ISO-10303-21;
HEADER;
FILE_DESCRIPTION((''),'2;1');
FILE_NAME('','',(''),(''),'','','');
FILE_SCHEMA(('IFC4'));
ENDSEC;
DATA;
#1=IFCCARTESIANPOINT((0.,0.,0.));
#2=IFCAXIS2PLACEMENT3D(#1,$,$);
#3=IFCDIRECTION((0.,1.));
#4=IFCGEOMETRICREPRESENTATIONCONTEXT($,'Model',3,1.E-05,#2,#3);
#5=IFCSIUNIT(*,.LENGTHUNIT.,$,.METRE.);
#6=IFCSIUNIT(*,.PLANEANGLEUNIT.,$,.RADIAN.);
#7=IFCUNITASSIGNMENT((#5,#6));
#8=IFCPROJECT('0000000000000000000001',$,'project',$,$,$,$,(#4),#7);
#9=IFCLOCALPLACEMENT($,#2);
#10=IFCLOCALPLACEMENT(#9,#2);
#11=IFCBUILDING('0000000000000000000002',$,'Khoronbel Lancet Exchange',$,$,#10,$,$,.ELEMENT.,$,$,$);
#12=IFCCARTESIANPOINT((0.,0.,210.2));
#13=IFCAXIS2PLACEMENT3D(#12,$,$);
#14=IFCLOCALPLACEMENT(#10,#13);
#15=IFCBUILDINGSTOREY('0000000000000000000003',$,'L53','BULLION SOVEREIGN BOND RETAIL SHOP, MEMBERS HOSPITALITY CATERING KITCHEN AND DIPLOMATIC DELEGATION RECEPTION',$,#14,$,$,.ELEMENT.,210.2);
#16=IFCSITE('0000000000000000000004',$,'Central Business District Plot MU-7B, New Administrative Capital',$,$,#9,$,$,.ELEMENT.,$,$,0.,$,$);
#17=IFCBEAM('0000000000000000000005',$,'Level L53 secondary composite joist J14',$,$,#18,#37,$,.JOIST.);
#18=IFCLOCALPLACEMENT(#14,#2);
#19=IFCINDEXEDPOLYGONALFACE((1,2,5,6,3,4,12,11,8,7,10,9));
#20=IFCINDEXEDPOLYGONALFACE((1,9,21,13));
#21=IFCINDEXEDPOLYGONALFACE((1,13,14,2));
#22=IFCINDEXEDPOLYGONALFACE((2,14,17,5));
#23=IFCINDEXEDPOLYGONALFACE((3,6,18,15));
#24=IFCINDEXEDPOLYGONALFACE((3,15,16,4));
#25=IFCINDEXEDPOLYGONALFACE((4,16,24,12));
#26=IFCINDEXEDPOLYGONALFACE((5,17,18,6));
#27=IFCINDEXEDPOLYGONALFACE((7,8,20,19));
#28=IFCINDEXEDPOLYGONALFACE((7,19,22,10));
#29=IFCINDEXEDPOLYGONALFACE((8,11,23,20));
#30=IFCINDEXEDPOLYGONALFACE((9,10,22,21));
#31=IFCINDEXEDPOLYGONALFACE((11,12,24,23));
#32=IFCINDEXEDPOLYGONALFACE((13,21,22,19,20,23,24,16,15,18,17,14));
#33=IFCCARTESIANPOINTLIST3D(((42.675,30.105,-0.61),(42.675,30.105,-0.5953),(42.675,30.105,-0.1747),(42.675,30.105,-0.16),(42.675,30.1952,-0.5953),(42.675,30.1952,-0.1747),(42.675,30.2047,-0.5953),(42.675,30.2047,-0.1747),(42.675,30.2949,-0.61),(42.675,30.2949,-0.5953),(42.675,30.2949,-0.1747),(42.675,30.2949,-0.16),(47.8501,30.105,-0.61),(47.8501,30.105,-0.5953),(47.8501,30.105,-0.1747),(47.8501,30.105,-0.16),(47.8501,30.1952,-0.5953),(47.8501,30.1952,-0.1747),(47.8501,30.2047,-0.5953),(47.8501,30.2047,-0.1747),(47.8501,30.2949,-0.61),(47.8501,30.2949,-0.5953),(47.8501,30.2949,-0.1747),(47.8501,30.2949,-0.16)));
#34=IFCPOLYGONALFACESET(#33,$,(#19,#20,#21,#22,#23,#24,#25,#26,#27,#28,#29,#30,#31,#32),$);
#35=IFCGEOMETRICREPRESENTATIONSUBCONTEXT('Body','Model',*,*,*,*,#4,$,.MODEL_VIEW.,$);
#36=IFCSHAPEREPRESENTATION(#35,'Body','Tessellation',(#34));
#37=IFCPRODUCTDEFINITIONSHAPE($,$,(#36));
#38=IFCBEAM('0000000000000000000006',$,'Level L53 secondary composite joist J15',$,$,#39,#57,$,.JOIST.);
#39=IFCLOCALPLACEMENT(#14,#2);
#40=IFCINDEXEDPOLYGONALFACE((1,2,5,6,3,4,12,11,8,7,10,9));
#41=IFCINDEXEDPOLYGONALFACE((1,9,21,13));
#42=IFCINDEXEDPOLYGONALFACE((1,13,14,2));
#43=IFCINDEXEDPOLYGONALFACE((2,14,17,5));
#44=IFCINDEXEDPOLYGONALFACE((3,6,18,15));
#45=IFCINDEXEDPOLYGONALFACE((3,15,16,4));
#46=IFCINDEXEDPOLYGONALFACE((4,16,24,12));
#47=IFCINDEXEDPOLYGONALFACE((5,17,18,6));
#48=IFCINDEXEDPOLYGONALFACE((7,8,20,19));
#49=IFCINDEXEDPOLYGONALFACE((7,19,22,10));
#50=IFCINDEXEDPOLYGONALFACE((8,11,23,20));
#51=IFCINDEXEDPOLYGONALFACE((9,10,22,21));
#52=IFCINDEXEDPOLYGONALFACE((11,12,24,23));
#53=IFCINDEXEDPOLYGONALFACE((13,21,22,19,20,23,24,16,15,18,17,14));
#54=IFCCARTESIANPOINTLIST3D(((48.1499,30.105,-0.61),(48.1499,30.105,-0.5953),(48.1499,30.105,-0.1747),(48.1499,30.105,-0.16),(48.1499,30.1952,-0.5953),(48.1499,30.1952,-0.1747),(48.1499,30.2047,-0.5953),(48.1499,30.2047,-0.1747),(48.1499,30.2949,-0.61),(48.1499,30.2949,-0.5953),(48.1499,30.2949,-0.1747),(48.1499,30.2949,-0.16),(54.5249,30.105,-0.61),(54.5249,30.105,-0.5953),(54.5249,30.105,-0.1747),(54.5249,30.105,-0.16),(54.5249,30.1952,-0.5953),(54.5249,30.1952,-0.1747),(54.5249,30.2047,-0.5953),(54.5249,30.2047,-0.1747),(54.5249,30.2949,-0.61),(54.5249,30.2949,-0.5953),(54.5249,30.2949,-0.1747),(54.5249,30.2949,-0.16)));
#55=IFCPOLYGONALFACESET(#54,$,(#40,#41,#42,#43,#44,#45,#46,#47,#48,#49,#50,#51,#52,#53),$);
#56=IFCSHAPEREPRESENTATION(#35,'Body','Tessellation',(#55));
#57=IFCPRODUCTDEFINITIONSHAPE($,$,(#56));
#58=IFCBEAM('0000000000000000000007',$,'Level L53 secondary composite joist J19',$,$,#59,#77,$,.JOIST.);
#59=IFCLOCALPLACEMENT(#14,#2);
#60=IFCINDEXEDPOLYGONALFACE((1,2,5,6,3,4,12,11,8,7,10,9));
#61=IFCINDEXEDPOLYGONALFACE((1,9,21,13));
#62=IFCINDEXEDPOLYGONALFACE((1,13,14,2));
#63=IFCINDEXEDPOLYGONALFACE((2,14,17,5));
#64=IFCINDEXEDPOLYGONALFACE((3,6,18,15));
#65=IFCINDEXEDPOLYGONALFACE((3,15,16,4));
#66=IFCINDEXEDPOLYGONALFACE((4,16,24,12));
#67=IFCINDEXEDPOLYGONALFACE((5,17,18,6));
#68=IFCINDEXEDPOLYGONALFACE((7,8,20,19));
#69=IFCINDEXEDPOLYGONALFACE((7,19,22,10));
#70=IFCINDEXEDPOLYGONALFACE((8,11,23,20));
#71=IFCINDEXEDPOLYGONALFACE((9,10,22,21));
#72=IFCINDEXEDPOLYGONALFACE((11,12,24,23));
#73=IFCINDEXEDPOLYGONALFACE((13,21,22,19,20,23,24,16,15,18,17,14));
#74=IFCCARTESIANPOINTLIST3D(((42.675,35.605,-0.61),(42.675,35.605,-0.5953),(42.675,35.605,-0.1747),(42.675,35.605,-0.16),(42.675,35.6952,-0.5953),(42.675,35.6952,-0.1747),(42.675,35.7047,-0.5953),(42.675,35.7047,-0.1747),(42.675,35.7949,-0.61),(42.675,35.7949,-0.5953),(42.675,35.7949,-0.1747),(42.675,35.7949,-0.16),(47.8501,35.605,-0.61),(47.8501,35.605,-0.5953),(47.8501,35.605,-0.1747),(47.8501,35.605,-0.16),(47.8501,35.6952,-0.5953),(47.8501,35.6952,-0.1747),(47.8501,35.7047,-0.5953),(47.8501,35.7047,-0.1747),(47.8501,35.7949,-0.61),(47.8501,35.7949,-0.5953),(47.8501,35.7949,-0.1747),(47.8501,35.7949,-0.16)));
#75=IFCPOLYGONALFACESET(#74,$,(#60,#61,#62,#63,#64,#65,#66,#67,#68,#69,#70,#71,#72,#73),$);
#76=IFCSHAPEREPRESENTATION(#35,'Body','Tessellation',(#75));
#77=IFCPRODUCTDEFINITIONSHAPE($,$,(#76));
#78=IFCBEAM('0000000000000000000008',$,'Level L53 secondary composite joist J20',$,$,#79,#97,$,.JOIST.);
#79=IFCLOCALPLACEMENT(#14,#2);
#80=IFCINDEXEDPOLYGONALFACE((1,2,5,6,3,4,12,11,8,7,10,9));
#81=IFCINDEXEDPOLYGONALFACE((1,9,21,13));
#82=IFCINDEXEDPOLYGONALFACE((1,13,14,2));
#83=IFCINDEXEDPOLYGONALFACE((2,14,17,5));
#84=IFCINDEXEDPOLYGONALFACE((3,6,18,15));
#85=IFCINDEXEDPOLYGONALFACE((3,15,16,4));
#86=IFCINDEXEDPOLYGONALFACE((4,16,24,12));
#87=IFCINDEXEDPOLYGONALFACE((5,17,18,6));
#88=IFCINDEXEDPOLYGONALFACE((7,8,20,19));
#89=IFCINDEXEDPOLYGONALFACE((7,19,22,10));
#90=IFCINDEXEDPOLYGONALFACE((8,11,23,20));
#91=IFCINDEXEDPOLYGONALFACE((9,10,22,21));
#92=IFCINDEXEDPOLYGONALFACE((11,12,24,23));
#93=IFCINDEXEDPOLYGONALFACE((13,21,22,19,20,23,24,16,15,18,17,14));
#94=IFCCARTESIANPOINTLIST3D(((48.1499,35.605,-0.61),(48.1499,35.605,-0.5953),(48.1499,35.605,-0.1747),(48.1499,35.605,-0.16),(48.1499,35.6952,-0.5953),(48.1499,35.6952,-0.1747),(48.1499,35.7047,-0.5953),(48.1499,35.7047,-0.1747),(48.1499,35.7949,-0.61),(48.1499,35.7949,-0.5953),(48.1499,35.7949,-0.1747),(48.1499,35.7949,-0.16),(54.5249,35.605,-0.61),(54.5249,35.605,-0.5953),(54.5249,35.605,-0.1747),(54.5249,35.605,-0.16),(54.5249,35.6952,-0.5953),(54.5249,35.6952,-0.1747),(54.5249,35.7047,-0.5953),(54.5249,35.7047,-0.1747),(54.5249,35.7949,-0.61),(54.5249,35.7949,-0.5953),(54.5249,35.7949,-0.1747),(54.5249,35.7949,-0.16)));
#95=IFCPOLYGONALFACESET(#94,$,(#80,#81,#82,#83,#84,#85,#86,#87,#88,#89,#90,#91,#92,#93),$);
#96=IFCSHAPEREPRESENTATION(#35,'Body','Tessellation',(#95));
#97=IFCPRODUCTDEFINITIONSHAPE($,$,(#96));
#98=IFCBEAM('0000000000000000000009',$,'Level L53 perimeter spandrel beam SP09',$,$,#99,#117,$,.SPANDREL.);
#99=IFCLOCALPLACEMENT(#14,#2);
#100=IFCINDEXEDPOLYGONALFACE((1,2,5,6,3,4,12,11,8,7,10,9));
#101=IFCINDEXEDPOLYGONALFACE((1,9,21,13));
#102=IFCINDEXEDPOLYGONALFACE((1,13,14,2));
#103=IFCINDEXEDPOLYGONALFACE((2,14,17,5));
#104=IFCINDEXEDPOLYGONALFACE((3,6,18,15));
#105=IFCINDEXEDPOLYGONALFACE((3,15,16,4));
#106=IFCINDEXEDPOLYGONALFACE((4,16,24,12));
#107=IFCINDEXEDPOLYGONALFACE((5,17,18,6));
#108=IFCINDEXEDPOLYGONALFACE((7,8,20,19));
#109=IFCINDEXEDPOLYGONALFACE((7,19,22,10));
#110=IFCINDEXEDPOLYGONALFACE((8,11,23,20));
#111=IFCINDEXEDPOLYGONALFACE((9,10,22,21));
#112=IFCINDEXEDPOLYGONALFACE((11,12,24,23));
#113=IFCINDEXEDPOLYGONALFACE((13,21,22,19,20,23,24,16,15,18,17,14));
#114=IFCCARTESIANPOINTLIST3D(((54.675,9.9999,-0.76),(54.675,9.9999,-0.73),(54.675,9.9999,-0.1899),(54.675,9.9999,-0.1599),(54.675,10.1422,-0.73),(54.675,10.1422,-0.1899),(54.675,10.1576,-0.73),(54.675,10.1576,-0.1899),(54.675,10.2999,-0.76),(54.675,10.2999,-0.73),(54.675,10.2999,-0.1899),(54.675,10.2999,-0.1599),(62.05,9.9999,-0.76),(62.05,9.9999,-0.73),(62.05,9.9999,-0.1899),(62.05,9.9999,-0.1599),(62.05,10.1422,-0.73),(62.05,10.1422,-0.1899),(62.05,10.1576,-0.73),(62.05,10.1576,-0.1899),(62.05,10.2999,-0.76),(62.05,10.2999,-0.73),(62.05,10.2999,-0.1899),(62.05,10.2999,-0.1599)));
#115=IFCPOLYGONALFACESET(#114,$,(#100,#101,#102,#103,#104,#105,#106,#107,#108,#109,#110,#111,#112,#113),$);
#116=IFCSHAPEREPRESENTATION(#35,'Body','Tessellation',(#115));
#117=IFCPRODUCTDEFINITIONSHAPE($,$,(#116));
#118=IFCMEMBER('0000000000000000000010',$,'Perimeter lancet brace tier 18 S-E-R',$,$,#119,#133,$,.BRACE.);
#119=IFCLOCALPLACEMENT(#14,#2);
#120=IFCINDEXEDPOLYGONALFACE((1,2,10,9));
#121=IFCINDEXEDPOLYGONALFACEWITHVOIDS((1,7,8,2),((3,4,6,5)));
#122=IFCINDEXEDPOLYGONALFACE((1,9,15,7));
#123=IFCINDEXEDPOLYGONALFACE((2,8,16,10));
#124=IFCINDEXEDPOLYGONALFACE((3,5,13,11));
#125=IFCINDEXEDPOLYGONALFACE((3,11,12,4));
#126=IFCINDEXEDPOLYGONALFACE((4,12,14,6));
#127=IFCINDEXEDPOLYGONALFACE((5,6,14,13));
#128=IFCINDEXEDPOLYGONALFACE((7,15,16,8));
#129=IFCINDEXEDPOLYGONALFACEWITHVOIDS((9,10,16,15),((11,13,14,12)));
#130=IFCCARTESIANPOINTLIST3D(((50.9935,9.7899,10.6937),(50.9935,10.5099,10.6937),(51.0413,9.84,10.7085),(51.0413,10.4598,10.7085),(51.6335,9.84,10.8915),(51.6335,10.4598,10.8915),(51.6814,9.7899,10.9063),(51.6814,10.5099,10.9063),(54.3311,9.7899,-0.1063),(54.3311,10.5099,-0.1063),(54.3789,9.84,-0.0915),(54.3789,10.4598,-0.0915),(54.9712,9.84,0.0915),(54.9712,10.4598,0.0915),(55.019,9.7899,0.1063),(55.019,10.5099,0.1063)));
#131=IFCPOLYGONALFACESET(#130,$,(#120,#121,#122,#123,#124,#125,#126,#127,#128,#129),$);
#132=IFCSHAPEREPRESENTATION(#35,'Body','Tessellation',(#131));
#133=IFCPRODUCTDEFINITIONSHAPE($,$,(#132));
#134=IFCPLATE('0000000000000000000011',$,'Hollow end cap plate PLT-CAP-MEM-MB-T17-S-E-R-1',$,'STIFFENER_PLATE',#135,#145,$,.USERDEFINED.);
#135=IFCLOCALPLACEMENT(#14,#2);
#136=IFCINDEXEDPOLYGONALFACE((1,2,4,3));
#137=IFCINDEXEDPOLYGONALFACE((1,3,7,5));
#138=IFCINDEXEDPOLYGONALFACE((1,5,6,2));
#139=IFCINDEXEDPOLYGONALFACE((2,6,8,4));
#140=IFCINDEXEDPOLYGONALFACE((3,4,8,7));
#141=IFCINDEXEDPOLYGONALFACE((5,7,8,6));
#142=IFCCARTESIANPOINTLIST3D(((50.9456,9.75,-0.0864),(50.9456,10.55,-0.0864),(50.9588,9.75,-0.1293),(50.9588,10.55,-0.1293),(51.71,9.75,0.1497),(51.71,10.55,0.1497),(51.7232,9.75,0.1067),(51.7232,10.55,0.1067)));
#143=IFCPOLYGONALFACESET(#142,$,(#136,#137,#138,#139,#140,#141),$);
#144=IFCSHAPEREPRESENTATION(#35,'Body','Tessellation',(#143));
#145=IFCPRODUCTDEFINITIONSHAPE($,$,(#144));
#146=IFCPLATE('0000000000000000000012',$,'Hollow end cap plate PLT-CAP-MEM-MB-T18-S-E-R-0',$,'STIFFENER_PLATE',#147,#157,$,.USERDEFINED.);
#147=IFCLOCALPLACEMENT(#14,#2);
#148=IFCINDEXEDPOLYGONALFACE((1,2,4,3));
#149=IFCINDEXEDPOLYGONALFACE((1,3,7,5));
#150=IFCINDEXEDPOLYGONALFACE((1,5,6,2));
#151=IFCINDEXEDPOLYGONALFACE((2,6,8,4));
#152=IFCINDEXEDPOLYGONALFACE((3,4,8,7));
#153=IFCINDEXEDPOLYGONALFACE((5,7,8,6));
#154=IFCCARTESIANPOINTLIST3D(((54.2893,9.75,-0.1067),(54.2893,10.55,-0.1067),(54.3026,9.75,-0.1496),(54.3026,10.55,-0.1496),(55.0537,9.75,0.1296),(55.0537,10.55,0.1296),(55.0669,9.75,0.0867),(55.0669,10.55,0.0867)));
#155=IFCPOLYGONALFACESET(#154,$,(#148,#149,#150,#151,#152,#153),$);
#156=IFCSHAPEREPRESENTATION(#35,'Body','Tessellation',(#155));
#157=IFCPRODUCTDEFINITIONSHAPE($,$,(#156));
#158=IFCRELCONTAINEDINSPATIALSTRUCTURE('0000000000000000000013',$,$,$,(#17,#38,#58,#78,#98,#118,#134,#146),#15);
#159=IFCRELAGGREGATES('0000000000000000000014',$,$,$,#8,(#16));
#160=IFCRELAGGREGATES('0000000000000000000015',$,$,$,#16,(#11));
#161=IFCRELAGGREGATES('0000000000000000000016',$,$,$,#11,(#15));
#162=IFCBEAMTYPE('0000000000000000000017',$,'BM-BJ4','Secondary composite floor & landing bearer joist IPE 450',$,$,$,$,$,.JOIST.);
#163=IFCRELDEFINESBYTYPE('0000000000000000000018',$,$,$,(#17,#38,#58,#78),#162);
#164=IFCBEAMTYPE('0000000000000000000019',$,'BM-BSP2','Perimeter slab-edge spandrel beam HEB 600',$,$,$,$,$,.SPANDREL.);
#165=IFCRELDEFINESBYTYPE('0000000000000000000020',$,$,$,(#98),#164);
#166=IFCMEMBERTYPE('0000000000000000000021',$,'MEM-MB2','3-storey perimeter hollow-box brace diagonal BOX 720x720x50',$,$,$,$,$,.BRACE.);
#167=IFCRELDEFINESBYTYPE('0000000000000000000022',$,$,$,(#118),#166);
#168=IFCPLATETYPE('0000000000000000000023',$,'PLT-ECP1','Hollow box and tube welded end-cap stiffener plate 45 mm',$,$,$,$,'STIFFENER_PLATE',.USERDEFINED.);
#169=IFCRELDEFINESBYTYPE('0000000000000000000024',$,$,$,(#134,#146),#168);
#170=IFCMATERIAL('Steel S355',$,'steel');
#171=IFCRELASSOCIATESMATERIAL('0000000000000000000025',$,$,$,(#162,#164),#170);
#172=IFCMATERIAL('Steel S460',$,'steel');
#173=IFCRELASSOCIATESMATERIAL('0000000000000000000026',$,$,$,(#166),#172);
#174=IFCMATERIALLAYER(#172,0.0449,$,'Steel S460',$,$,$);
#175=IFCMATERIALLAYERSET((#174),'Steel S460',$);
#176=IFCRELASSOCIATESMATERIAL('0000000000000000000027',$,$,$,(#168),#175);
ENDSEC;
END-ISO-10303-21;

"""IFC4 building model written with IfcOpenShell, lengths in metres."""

from ifc_helpers import new_model, si_unit, direction, frame, origin, origin_2d, place, context, subcontext, project, spatial, polyline, hollow_rectangle, i_section, outline, extrude, material, layer, layer_set, material_profile, profile_set, type_object, element, save


model = new_model("IFC4")

# Units and contexts
model_context = context("Model", 3, precision=1e-05, world=origin(), true_north=direction((0.0, 1.0)))
body_context = subcontext(model_context, "Body", "Model", "MODEL_VIEW")
ifc_project = project(units=[si_unit("LENGTHUNIT", "METRE"), si_unit("PLANEANGLEUNIT", "RADIAN")], contexts=[model_context])

# Site, building, storey
site_placement = place(None, origin())
site = spatial("IfcSite", under=ifc_project, at=site_placement, Name="Central Business District Plot MU-7B, New Administrative Capital", CompositionType="ELEMENT", RefElevation=0.0)
building_placement = place(site_placement, origin())
building = spatial("IfcBuilding", under=site, at=building_placement, Name="Khoronbel Lancet Exchange", CompositionType="ELEMENT")
storey_placement = place(building_placement, frame((0.0, 0.0, 210.2)))
storey = spatial("IfcBuildingStorey", under=building, at=storey_placement, Name="L53", Description="BULLION SOVEREIGN BOND RETAIL SHOP, MEMBERS HOSPITALITY CATERING KITCHEN AND DIPLOMATIC DELEGATION RECEPTION", CompositionType="ELEMENT", Elevation=210.2)

# Shared definitions
ifc_material_1 = material(Name="Steel S355", Category="steel")

# Beams
ifc_material_profile_1 = material_profile(ifc_material_1, i_section(OverallWidth=0.1899, OverallDepth=0.45, WebThickness=0.0095, FlangeThickness=0.0146, at=origin_2d()), Name="IPE 450")
ifc_profile_set_1 = profile_set([ifc_material_profile_1], Name="Steel S355")
beam_type_1 = type_object("IfcBeamType", Name="BM-BJ4", Description="Secondary composite floor & landing bearer joist IPE 450", PredefinedType="JOIST", material=ifc_profile_set_1)
beam_1_placement = place(storey_placement, frame((42.675, 30.2, -0.385), z_axis=(1.0, 0.0, 0.0), x_axis=(0.0, 1.0, 0.0)))
element("IfcBeam", 1, at=beam_1_placement, inside=storey, type_object=beam_type_1, Name="Level L53 secondary composite joist J14", PredefinedType="JOIST", context=body_context, shape_type="SweptSolid", body=[
    extrude(i_section(OverallWidth=0.1899, OverallDepth=0.45, WebThickness=0.0095, FlangeThickness=0.0146, at=origin_2d()), origin(), (0.0, 0.0, 1.0), 5.175),
])
beam_2_placement = place(storey_placement, frame((48.1499, 30.2, -0.385), z_axis=(1.0, 0.0, 0.0), x_axis=(0.0, 1.0, 0.0)))
element("IfcBeam", 2, at=beam_2_placement, inside=storey, type_object=beam_type_1, Name="Level L53 secondary composite joist J15", PredefinedType="JOIST", context=body_context, shape_type="SweptSolid", body=[
    extrude(i_section(OverallWidth=0.1899, OverallDepth=0.45, WebThickness=0.0095, FlangeThickness=0.0146, at=origin_2d()), origin(), (0.0, 0.0, 1.0), 6.375),
])
beam_3_placement = place(storey_placement, frame((42.675, 35.7, -0.385), z_axis=(1.0, 0.0, 0.0), x_axis=(0.0, 1.0, 0.0)))
element("IfcBeam", 3, at=beam_3_placement, inside=storey, type_object=beam_type_1, Name="Level L53 secondary composite joist J19", PredefinedType="JOIST", context=body_context, shape_type="SweptSolid", body=[
    extrude(i_section(OverallWidth=0.1899, OverallDepth=0.45, WebThickness=0.0095, FlangeThickness=0.0146, at=origin_2d()), origin(), (0.0, 0.0, 1.0), 5.175),
])
beam_4_placement = place(storey_placement, frame((48.1499, 35.7, -0.385), z_axis=(1.0, 0.0, 0.0), x_axis=(0.0, 1.0, 0.0)))
element("IfcBeam", 4, at=beam_4_placement, inside=storey, type_object=beam_type_1, Name="Level L53 secondary composite joist J20", PredefinedType="JOIST", context=body_context, shape_type="SweptSolid", body=[
    extrude(i_section(OverallWidth=0.1899, OverallDepth=0.45, WebThickness=0.0095, FlangeThickness=0.0146, at=origin_2d()), origin(), (0.0, 0.0, 1.0), 6.375),
])
ifc_material_profile_2 = material_profile(ifc_material_1, i_section(OverallWidth=0.3, OverallDepth=0.6001, WebThickness=0.0154, FlangeThickness=0.03, at=origin_2d()), Name="HEB 600")
ifc_profile_set_2 = profile_set([ifc_material_profile_2], Name="Steel S355")
beam_type_2 = type_object("IfcBeamType", Name="BM-BSP2", Description="Perimeter slab-edge spandrel beam HEB 600", PredefinedType="SPANDREL", material=ifc_profile_set_2)
beam_5_placement = place(storey_placement, frame((54.675, 10.1499, -0.46), z_axis=(1.0, 0.0, 0.0), x_axis=(0.0, 1.0, 0.0)))
element("IfcBeam", 5, at=beam_5_placement, inside=storey, type_object=beam_type_2, Name="Level L53 perimeter spandrel beam SP09", PredefinedType="SPANDREL", context=body_context, shape_type="SweptSolid", body=[
    extrude(i_section(OverallWidth=0.3, OverallDepth=0.6001, WebThickness=0.0154, FlangeThickness=0.03, at=origin_2d()), origin(), (0.0, 0.0, 1.0), 7.375),
])

# Member
ifc_material_2 = material(Name="Steel S460", Category="steel")
ifc_material_profile_3 = material_profile(ifc_material_2, hollow_rectangle(XDim=0.72, YDim=0.72, WallThickness=0.05, at=origin_2d()), Name="BOX 720x720x50")
ifc_profile_set_3 = profile_set([ifc_material_profile_3], Name="Steel S460")
member_type = type_object("IfcMemberType", Name="MEM-MB2", Description="3-storey perimeter hollow-box brace diagonal BOX 720x720x50", PredefinedType="BRACE", material=ifc_profile_set_3)
member_placement = place(storey_placement, frame((54.675, 10.1499, 0.0), z_axis=(-0.295262, 0.0, 0.955416), x_axis=(0.0, -1.0, 0.0)))
element("IfcMember", 6, at=member_placement, inside=storey, type_object=member_type, Name="Perimeter lancet brace tier 18 S-E-R", PredefinedType="BRACE", context=body_context, shape_type="SweptSolid", body=[
    extrude(hollow_rectangle(XDim=0.72, YDim=0.72, WallThickness=0.05, at=origin_2d()), origin(), (0.0, 0.0, 1.0), 11.304),
])

# Plates
ifc_layer_1 = layer(ifc_material_2, 0.0449, Name="Steel S460")
ifc_layer_set_1 = layer_set([ifc_layer_1], Name="Steel S460")
plate_type = type_object("IfcPlateType", Name="PLT-ECP1", Description="Hollow box and tube welded end-cap stiffener plate 45 mm", ElementType="STIFFENER_PLATE", PredefinedType="USERDEFINED", material=ifc_layer_set_1)
for number, where, z_axis, x_axis, name in (
    (7, (50.9456, 10.55, -0.0864), (-0.295094, 0.0, 0.955468), (0.0, -1.0, 0.0), "Hollow end cap plate PLT-CAP-MEM-MB-T17-S-E-R-1"),
    (8, (54.2893, 10.55, -0.1067), (-0.295372, 0.0, 0.955382), (0.0, -1.0, 0.0), "Hollow end cap plate PLT-CAP-MEM-MB-T18-S-E-R-0"),
):
    element("IfcPlate", number, at=place(storey_placement, frame(where, z_axis=z_axis, x_axis=x_axis)), inside=storey, type_object=plate_type, Name=name, ObjectType="STIFFENER_PLATE", PredefinedType="USERDEFINED", context=body_context, shape_type="SweptSolid", body=[
        extrude(outline(polyline([(0.0, 0.0), (0.8, 0.0), (0.8, 0.8), (0.0, 0.8), (0.0, 0.0)])), origin(), (0.0, 0.0, -1.0), 0.0449),
    ])

save(model, "model.ifc")
